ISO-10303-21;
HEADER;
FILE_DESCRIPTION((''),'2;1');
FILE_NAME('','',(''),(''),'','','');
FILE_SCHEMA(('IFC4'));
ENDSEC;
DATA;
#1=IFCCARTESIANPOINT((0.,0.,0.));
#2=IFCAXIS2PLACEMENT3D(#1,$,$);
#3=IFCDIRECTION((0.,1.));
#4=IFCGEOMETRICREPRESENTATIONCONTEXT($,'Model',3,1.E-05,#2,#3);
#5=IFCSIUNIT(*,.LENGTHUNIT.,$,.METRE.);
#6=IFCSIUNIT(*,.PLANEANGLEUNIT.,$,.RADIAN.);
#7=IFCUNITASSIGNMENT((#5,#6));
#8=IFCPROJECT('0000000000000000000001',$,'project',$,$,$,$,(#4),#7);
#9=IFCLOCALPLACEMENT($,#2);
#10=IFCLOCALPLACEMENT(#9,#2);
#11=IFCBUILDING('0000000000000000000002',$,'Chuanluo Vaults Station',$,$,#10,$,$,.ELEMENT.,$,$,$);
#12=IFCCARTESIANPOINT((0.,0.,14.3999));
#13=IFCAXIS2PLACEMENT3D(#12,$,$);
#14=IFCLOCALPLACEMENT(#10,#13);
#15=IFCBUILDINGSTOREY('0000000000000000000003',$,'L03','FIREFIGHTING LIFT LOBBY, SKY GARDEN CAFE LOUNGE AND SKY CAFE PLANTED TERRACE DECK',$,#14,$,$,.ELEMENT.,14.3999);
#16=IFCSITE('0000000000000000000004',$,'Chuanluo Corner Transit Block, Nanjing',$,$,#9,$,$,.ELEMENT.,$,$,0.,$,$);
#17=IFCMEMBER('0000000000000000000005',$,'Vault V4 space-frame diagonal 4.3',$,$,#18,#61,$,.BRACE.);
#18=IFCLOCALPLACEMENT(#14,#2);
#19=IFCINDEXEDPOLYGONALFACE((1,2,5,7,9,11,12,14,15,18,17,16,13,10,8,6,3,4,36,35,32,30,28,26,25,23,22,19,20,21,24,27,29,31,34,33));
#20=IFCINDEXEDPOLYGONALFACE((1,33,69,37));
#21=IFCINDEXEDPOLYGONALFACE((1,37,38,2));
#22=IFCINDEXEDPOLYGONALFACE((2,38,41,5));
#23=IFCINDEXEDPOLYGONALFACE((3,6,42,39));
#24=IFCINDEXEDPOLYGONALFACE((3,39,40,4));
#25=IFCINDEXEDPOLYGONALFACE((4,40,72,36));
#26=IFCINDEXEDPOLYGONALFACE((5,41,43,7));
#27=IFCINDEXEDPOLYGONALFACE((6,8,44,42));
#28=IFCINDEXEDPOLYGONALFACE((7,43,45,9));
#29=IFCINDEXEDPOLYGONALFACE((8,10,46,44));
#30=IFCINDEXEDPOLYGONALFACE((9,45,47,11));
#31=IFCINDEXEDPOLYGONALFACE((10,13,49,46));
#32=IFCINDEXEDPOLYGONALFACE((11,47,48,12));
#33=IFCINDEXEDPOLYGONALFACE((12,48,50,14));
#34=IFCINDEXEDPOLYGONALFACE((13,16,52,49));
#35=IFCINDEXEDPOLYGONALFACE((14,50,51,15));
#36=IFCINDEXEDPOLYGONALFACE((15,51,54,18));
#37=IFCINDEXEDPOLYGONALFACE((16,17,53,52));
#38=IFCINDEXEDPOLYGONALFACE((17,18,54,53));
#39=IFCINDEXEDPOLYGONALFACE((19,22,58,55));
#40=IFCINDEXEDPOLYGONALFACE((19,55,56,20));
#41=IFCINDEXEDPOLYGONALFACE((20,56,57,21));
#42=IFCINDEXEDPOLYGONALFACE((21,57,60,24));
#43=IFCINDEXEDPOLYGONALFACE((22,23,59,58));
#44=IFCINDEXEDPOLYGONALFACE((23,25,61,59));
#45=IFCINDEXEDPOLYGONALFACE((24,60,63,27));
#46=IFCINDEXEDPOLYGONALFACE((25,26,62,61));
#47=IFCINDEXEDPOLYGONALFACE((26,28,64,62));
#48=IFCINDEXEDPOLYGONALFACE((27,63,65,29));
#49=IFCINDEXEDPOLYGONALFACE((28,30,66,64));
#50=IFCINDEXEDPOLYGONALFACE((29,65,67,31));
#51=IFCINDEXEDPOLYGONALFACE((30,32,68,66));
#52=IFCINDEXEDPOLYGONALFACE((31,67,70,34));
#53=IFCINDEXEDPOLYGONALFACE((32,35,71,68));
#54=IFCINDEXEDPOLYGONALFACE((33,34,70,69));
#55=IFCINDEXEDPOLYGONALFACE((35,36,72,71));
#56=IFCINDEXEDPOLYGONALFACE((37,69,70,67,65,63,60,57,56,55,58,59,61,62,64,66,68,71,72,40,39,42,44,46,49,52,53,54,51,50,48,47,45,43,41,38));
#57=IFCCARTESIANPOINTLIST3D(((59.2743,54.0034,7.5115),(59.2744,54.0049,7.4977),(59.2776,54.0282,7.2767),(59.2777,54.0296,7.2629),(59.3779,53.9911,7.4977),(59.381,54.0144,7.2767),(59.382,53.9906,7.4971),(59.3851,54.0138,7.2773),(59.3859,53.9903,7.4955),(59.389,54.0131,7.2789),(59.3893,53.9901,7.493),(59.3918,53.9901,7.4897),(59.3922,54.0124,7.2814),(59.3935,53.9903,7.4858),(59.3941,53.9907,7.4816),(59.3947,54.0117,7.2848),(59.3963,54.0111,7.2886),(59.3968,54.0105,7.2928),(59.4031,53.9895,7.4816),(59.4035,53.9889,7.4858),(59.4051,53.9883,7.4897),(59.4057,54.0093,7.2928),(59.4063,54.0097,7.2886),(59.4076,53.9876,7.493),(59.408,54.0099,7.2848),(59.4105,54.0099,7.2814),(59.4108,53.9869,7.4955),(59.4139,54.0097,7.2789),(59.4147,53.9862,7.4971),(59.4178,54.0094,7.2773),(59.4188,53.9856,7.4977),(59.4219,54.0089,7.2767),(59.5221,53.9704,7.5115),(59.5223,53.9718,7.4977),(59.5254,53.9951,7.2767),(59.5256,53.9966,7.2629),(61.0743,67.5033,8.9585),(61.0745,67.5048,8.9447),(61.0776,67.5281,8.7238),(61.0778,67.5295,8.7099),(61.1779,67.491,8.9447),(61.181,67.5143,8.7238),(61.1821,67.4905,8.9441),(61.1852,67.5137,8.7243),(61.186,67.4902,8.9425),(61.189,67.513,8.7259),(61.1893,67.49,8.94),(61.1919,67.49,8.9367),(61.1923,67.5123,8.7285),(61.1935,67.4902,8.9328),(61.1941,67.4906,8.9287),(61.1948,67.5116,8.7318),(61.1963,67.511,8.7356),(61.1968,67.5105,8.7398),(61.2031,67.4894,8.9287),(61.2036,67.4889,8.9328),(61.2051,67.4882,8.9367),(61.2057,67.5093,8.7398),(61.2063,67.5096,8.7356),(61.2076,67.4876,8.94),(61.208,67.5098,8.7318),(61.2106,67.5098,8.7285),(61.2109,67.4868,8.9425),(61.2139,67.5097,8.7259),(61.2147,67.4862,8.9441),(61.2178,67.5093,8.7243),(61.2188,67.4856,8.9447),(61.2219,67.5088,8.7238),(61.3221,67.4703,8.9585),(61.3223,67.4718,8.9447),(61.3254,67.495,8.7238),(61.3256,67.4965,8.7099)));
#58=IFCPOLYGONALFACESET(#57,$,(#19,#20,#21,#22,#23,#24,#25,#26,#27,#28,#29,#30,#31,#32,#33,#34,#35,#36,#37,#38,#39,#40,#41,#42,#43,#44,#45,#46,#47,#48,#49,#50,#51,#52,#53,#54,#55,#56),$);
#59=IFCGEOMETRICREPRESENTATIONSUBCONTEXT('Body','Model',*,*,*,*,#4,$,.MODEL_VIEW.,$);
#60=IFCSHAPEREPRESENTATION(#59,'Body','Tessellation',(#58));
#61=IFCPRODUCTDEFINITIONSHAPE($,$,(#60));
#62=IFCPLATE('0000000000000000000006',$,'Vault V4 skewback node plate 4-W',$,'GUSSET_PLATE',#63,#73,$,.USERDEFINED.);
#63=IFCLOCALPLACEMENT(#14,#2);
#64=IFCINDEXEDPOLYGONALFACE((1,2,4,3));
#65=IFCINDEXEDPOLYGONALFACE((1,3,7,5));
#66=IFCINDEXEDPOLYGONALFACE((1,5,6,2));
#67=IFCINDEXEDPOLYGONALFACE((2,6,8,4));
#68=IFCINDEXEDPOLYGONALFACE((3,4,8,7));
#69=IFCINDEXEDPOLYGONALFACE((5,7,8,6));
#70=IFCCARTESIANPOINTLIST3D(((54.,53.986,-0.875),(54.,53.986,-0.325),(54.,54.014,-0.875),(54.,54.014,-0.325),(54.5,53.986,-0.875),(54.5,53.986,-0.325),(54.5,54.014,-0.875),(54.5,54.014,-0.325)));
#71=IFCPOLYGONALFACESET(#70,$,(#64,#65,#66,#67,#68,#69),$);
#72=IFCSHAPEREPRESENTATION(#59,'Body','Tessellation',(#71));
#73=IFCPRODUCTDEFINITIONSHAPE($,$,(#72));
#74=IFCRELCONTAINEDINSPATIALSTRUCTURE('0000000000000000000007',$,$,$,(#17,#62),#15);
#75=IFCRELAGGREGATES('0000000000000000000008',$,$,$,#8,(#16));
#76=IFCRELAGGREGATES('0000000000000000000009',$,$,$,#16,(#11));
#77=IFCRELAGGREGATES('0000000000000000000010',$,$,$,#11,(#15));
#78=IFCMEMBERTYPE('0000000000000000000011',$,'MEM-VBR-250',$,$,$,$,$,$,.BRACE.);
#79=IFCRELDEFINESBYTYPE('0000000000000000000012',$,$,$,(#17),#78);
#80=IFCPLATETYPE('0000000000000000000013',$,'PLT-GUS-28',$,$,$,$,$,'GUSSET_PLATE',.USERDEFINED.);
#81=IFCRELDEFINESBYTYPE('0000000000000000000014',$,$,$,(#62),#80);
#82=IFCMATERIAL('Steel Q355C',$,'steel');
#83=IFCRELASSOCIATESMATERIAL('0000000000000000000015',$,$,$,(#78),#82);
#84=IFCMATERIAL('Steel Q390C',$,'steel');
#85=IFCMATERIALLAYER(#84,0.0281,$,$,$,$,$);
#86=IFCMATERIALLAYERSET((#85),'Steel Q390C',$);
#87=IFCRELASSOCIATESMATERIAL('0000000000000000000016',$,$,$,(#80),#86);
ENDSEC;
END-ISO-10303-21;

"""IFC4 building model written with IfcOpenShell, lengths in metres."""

from ifc_helpers import new_model, si_unit, direction, frame, origin, origin_2d, place, context, subcontext, project, spatial, rectangle, i_section, extrude, material, layer, layer_set, material_profile, profile_set, type_object, element, save


model = new_model("IFC4")

# Units and contexts
model_context = context("Model", 3, precision=1e-05, world=origin(), true_north=direction((0.0, 1.0)))
body_context = subcontext(model_context, "Body", "Model", "MODEL_VIEW")
ifc_project = project(units=[si_unit("LENGTHUNIT", "METRE"), si_unit("PLANEANGLEUNIT", "RADIAN")], contexts=[model_context])

# Site, building, storey
site_placement = place(None, origin())
site = spatial("IfcSite", under=ifc_project, at=site_placement, Name="Chuanluo Corner Transit Block, Nanjing", CompositionType="ELEMENT", RefElevation=0.0)
building_placement = place(site_placement, origin())
building = spatial("IfcBuilding", under=site, at=building_placement, Name="Chuanluo Vaults Station", CompositionType="ELEMENT")
storey_placement = place(building_placement, frame((0.0, 0.0, 14.3999)))
storey = spatial("IfcBuildingStorey", under=building, at=storey_placement, Name="L03", Description="FIREFIGHTING LIFT LOBBY, SKY GARDEN CAFE LOUNGE AND SKY CAFE PLANTED TERRACE DECK", CompositionType="ELEMENT", Elevation=14.3999)

# Member
ifc_material_1 = material(Name="Steel Q355C", Category="steel")
ifc_material_profile_1 = material_profile(ifc_material_1, i_section(OverallWidth=0.25, OverallDepth=0.25, WebThickness=0.009, FlangeThickness=0.0139, FilletRadius=0.0161, at=origin_2d()))
ifc_profile_set_1 = profile_set([ifc_material_profile_1], Name="Steel Q355C")
member_type_1 = type_object("IfcMemberType", Name="MEM-VBR-250", PredefinedType="BRACE", material=ifc_profile_set_1)
member_1_placement = place(storey_placement, frame((59.3999, 54.0, 7.3872), z_axis=(0.131428, 0.98568, 0.105652), x_axis=(-0.991227, 0.132167, 0.0)))
element("IfcMember", 1, at=member_1_placement, inside=storey, type_object=member_type_1, Name="Vault V4 space-frame diagonal 4.3", PredefinedType="BRACE", context=body_context, shape_type="SweptSolid", body=[
    extrude(i_section(OverallWidth=0.25, OverallDepth=0.25, WebThickness=0.009, FlangeThickness=0.0139, FilletRadius=0.0161, at=origin_2d()), origin(), (0.0, 0.0, 1.0), 13.696),
])

# Plate
ifc_material_2 = material(Name="Steel Q390C", Category="steel")
ifc_layer = layer(ifc_material_2, 0.0281)
ifc_layer_set = layer_set([ifc_layer], Name="Steel Q390C")
plate_type = type_object("IfcPlateType", Name="PLT-GUS-28", ElementType="GUSSET_PLATE", PredefinedType="USERDEFINED", material=ifc_layer_set)
plate_placement = place(storey_placement, frame((54.25, 54.0, -0.875), z_axis=(0.0, 0.0, 1.0), x_axis=(1.0, 0.0, 0.0)))
element("IfcPlate", 2, at=plate_placement, inside=storey, type_object=plate_type, Name="Vault V4 skewback node plate 4-W", ObjectType="GUSSET_PLATE", PredefinedType="USERDEFINED", context=body_context, shape_type="SweptSolid", body=[
    extrude(rectangle(XDim=0.5, YDim=0.0281, at=origin_2d()), origin(), (0.0, 0.0, 1.0), 0.55),
])

save(model, "model.ifc")
